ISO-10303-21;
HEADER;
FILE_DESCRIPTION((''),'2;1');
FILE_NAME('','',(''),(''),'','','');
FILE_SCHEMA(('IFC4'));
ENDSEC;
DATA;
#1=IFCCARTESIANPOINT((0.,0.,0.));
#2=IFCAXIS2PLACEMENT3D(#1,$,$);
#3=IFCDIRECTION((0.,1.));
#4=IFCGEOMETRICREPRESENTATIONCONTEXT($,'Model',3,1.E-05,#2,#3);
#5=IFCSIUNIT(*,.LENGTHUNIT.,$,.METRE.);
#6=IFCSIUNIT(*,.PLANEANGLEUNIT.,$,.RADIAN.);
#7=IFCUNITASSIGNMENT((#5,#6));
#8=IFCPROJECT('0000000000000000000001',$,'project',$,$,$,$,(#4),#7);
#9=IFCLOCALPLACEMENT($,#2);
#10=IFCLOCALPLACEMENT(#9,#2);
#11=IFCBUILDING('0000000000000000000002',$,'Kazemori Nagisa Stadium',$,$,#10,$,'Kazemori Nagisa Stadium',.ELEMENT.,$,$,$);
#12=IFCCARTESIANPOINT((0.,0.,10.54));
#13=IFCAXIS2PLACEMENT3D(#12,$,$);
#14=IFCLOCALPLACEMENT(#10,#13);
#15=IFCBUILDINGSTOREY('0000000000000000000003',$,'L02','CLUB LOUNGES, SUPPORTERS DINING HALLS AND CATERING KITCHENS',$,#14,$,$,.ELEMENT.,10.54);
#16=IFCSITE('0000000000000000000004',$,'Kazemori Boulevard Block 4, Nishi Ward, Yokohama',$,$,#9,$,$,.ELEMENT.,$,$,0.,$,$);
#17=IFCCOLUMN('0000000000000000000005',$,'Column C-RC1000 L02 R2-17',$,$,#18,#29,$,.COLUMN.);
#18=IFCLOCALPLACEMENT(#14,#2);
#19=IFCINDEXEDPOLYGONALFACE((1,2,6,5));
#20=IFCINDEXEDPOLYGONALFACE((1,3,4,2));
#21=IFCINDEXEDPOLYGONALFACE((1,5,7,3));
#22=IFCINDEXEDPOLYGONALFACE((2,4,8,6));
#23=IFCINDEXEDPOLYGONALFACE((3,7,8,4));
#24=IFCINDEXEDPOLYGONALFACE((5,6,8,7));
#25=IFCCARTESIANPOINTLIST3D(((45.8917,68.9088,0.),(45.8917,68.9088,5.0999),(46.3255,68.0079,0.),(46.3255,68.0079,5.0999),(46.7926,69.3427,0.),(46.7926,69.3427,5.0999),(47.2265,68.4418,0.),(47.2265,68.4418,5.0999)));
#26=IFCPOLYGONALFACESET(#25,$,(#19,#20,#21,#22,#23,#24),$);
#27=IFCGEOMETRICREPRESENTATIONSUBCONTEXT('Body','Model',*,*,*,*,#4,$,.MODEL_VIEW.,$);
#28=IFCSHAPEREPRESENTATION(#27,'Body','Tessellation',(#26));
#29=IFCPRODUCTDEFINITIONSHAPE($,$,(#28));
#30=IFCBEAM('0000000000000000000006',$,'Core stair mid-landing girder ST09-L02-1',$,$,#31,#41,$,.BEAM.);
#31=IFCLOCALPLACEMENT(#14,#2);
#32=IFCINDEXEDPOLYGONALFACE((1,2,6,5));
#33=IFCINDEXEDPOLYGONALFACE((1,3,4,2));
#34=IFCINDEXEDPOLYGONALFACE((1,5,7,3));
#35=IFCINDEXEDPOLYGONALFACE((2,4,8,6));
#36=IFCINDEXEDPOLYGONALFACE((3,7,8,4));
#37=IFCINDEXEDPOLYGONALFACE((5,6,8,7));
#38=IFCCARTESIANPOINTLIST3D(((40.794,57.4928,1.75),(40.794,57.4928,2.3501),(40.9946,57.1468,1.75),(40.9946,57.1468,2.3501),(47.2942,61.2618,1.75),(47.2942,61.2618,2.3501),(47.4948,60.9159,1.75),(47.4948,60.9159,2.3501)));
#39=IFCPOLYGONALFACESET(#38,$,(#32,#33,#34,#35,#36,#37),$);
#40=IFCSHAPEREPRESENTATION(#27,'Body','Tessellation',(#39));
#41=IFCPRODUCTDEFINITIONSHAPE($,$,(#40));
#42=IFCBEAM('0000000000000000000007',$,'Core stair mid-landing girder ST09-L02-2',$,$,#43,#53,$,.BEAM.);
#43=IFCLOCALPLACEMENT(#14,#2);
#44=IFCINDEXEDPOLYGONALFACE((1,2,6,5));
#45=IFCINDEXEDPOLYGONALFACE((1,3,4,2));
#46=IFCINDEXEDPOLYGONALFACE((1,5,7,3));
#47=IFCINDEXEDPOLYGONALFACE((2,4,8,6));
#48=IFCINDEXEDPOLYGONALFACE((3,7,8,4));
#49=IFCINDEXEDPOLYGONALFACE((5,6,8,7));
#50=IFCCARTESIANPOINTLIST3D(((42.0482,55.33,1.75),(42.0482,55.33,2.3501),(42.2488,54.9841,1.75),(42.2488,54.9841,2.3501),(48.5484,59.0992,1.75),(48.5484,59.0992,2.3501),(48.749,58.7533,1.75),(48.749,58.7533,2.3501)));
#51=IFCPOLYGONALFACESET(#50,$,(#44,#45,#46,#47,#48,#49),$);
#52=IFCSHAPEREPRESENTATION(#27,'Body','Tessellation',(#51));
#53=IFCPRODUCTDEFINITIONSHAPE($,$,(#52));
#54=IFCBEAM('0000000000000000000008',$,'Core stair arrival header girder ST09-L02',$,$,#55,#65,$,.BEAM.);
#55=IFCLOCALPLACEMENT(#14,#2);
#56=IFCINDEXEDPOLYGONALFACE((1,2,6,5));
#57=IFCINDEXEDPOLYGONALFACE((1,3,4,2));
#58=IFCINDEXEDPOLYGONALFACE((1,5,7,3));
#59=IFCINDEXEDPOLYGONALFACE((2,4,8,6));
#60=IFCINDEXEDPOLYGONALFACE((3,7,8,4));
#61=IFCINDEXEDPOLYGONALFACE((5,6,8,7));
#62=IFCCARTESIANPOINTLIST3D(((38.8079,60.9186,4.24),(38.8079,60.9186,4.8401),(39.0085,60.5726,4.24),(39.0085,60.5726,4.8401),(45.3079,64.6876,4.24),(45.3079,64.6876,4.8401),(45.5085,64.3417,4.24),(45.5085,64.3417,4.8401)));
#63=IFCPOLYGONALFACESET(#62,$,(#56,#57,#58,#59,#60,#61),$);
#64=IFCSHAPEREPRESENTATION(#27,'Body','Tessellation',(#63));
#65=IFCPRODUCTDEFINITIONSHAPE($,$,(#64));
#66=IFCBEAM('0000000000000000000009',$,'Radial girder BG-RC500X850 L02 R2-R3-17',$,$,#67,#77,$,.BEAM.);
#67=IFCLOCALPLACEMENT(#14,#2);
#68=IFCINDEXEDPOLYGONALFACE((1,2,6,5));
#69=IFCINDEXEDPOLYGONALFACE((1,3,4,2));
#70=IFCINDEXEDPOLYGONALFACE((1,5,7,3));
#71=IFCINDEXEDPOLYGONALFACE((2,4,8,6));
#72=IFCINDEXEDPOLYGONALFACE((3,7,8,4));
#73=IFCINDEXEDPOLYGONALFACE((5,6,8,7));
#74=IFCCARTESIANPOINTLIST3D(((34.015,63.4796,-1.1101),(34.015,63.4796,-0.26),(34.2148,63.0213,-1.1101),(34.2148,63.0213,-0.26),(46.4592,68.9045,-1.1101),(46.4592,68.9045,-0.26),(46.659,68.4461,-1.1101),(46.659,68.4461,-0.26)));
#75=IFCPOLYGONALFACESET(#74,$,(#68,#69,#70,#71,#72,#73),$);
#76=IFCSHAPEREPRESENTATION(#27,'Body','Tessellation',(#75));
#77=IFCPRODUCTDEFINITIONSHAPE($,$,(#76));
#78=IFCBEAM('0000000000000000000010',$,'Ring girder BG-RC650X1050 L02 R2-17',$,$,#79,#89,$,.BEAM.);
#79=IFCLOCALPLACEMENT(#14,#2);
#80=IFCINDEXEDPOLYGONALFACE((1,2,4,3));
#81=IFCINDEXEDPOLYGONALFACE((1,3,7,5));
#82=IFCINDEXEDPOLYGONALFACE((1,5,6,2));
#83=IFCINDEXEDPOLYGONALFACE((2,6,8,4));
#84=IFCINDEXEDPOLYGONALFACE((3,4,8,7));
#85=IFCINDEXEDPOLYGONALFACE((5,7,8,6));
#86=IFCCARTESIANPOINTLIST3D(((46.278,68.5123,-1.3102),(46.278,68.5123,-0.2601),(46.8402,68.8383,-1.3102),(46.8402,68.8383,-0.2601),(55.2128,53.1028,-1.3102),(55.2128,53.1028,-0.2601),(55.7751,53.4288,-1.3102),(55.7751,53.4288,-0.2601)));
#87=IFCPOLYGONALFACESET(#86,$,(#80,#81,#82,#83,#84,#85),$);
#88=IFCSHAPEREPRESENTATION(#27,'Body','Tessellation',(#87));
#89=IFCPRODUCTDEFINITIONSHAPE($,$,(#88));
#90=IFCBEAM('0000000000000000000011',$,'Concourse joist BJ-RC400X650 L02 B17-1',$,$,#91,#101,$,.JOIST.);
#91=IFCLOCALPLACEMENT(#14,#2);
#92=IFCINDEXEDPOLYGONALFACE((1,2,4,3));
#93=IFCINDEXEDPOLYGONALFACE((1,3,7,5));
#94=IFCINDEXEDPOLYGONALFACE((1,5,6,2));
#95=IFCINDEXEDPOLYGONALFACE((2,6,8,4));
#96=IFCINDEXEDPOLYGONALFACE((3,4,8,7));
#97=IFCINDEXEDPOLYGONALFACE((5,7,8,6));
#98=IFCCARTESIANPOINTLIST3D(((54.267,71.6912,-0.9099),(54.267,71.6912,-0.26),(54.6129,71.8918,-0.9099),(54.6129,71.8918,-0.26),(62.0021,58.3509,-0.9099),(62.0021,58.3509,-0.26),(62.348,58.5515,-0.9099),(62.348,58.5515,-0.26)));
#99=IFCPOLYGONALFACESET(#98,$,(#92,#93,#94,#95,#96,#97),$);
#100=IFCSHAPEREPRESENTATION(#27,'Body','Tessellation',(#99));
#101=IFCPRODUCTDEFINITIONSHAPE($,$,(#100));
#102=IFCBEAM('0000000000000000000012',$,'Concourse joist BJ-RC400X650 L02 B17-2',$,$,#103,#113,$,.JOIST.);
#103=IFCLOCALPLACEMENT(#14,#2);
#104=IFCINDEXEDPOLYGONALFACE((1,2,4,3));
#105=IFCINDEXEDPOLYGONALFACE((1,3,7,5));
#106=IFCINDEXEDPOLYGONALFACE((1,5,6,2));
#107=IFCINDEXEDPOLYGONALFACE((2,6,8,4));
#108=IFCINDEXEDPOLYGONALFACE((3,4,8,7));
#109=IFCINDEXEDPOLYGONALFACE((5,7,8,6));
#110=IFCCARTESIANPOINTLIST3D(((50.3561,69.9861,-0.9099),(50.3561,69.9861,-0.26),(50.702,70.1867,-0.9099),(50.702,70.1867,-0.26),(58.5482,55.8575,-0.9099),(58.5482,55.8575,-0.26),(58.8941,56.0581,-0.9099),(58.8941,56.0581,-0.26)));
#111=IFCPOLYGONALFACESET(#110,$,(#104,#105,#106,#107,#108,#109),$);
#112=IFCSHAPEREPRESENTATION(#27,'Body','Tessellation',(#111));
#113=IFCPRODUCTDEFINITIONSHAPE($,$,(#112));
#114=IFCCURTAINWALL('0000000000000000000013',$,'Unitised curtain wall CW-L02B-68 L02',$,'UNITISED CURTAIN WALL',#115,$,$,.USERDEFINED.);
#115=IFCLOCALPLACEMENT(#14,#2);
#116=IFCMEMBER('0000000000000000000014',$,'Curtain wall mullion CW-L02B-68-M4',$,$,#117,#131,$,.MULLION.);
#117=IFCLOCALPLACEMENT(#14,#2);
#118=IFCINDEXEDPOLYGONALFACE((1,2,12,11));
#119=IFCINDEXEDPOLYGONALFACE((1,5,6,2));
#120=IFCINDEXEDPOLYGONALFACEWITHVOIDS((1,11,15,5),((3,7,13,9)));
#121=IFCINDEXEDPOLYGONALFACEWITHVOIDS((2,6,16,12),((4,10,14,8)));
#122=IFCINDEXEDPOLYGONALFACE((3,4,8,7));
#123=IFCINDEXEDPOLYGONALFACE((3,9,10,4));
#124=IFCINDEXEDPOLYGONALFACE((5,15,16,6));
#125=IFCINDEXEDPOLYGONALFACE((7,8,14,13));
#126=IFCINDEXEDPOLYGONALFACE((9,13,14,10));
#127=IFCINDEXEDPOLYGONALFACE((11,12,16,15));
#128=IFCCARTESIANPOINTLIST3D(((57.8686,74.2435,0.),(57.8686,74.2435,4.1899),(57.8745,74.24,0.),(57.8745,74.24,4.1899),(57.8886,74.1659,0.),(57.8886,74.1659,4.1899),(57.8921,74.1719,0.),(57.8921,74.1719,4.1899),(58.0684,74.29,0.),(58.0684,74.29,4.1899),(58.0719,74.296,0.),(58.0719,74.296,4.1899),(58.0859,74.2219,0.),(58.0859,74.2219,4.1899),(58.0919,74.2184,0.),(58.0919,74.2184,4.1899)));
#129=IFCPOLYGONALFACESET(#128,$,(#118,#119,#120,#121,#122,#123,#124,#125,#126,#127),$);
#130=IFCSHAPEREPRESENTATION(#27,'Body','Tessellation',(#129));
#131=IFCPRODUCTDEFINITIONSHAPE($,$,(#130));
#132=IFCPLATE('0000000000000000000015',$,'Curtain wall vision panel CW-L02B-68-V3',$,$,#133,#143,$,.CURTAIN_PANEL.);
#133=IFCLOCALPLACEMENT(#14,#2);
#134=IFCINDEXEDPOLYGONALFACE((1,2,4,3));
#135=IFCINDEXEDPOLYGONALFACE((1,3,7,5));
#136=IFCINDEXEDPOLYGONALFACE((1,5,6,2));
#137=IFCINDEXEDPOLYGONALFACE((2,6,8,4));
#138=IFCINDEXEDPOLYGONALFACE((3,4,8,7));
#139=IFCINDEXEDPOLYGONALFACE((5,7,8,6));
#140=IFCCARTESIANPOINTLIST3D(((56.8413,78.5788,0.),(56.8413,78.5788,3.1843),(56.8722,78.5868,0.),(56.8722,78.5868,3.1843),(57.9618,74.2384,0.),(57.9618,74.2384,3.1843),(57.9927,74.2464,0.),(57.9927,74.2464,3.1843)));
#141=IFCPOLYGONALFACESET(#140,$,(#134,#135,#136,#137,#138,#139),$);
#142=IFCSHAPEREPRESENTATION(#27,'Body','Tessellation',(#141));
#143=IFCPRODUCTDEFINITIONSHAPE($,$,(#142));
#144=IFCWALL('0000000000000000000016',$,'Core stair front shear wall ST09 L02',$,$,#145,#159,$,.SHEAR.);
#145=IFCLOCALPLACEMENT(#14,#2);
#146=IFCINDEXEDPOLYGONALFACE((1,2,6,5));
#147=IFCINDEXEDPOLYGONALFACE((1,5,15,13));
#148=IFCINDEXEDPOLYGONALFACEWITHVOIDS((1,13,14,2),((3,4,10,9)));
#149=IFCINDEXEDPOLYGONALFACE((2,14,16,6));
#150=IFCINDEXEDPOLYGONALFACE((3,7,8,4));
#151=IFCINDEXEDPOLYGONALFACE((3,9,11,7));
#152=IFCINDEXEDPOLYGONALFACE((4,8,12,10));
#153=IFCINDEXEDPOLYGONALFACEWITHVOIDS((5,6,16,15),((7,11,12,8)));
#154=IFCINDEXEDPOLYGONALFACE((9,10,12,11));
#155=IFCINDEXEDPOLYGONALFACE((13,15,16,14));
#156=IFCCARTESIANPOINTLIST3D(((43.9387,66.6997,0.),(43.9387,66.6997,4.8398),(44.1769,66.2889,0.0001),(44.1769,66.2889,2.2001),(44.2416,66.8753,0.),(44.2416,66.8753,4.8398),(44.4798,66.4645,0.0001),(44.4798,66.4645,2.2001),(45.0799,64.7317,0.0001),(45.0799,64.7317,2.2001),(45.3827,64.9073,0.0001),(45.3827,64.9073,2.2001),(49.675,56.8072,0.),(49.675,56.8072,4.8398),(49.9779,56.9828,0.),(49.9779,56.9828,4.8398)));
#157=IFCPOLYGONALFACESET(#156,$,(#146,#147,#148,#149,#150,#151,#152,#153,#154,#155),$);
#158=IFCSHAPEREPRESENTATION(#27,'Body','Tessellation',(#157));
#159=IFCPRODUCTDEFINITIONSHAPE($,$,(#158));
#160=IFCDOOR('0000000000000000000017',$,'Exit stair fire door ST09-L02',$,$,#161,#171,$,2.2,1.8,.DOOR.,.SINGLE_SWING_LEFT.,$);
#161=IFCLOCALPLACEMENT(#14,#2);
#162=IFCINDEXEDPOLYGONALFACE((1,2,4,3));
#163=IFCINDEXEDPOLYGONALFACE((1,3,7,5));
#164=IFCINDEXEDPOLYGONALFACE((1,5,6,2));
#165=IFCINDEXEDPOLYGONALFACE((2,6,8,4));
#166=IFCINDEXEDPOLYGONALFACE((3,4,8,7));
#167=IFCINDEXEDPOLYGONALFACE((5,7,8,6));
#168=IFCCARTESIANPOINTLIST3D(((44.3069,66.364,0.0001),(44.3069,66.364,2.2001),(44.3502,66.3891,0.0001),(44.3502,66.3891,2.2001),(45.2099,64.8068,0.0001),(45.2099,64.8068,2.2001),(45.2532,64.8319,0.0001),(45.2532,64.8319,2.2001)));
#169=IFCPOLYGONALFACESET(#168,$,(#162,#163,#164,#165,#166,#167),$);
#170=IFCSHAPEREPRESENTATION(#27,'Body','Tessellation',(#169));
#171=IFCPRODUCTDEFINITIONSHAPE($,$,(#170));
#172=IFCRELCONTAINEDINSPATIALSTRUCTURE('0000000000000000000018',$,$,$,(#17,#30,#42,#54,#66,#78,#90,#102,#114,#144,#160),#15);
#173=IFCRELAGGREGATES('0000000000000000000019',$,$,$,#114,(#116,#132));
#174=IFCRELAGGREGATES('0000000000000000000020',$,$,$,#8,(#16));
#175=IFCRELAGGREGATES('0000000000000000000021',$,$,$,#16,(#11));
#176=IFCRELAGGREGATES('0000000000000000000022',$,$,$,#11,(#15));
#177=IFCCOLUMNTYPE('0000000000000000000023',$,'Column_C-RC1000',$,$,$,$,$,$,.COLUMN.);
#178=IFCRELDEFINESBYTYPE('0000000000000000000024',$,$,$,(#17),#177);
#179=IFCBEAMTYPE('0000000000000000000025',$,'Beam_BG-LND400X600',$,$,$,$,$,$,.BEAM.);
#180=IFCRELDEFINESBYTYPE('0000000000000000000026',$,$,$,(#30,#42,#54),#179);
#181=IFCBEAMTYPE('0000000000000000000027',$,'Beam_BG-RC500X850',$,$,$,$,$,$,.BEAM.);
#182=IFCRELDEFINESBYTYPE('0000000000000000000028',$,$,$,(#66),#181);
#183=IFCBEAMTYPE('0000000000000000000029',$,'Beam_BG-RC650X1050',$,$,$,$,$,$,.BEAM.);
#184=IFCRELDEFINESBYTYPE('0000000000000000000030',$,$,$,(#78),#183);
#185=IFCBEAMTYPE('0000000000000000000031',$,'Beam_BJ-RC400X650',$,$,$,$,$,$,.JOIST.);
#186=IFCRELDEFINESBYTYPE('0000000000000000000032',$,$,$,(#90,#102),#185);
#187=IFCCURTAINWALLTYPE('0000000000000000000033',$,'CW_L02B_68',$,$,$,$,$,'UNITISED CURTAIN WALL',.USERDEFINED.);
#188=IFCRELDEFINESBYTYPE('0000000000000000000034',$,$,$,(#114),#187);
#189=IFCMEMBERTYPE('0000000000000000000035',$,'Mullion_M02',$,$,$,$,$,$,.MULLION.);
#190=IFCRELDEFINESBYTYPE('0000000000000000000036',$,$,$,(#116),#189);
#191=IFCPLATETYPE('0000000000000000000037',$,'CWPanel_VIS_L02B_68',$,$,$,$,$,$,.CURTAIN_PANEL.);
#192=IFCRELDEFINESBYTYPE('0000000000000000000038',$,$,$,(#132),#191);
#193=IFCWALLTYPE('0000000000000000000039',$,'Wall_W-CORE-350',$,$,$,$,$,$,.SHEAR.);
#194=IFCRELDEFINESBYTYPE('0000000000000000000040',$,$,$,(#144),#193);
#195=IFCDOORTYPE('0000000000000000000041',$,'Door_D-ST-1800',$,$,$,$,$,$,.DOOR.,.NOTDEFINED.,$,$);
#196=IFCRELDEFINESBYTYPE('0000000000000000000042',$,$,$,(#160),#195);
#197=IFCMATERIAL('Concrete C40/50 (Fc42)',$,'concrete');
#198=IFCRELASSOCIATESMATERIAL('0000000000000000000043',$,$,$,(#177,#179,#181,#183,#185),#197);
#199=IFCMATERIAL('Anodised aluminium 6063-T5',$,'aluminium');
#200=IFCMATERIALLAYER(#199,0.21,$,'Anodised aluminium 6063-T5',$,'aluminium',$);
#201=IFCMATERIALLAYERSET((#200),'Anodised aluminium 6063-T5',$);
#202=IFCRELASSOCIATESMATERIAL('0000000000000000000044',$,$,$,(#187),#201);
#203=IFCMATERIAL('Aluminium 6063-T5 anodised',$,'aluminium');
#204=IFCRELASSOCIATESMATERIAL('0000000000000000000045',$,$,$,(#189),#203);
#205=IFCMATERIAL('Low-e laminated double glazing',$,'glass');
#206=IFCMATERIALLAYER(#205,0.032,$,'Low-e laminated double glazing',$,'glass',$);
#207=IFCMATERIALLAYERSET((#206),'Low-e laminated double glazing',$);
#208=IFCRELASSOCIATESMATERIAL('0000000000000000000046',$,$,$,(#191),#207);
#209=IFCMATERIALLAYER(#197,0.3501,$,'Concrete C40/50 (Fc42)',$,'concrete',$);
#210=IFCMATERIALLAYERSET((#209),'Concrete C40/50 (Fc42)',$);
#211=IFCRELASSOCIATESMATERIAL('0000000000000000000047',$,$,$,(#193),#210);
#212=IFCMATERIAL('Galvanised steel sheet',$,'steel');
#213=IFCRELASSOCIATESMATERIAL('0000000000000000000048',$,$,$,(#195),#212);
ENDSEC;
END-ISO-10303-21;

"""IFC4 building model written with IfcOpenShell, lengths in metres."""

from ifc_helpers import new_model, si_unit, direction, frame, frame_2d, origin, origin_2d, place, context, subcontext, project, spatial, rectangle, hollow_rectangle, extrude, material, layer, layer_set, material_profile, profile_set, type_object, element, fill, aggregate, save


model = new_model("IFC4")

# Units and contexts
model_context = context("Model", 3, precision=1e-05, world=origin(), true_north=direction((0.0, 1.0)))
body_context = subcontext(model_context, "Body", "Model", "MODEL_VIEW")
ifc_project = project(units=[si_unit("LENGTHUNIT", "METRE"), si_unit("PLANEANGLEUNIT", "RADIAN")], contexts=[model_context])

# Site, building, storey
site_placement = place(None, origin())
site = spatial("IfcSite", under=ifc_project, at=site_placement, Name="Kazemori Boulevard Block 4, Nishi Ward, Yokohama", CompositionType="ELEMENT", RefElevation=0.0)
building_placement = place(site_placement, origin())
building = spatial("IfcBuilding", under=site, at=building_placement, Name="Kazemori Nagisa Stadium", LongName="Kazemori Nagisa Stadium", CompositionType="ELEMENT")
storey_placement = place(building_placement, frame((0.0, 0.0, 10.54)))
storey = spatial("IfcBuildingStorey", under=building, at=storey_placement, Name="L02", Description="CLUB LOUNGES, SUPPORTERS DINING HALLS AND CATERING KITCHENS", CompositionType="ELEMENT", Elevation=10.54)

# Column
ifc_material_1 = material(Name="Concrete C40/50 (Fc42)", Category="concrete")
ifc_material_profile_1 = material_profile(ifc_material_1, rectangle(XDim=1.0, YDim=1.0, at=origin_2d()), Name="RC-COL-1000x1000")
ifc_profile_set_1 = profile_set([ifc_material_profile_1], Name="Concrete C40/50 (Fc42)")
column_type = type_object("IfcColumnType", Name="Column_C-RC1000", PredefinedType="COLUMN", material=ifc_profile_set_1)
column_placement = place(storey_placement, frame((46.5591, 68.6753, 0.0), z_axis=(0.0, 0.0, 1.0), x_axis=(-0.900969, -0.433884, 0.0)))
element("IfcColumn", 1, at=column_placement, inside=storey, type_object=column_type, Name="Column C-RC1000 L02 R2-17", PredefinedType="COLUMN", context=body_context, shape_type="SweptSolid", body=[
    extrude(rectangle(XDim=1.0, YDim=1.0, at=origin_2d()), origin(), (0.0, 0.0, 1.0), 5.0999),
])

# Beams
ifc_material_profile_2 = material_profile(ifc_material_1, rectangle(XDim=0.3999, YDim=0.6001, at=origin_2d()), Name="RC-BM-400x600")
ifc_profile_set_2 = profile_set([ifc_material_profile_2], Name="Concrete C40/50 (Fc42)")
beam_type_1 = type_object("IfcBeamType", Name="Beam_BG-LND400X600", PredefinedType="BEAM", material=ifc_profile_set_2)
for number, where, z_axis, x_axis, name in (
    (2, (47.3945, 61.0889, 2.05), (-0.865095, -0.501609, 0.0), (0.501609, -0.865095, 0.0), "Core stair mid-landing girder ST09-L02-1"),
    (3, (48.6487, 58.9263, 2.05), (-0.865081, -0.501633, 0.0), (0.501633, -0.865081, 0.0), "Core stair mid-landing girder ST09-L02-2"),
):
    element("IfcBeam", number, at=place(storey_placement, frame(where, z_axis=z_axis, x_axis=x_axis)), inside=storey, type_object=beam_type_1, Name=name, PredefinedType="BEAM", context=body_context, shape_type="SweptSolid", body=[
        extrude(rectangle(XDim=0.3999, YDim=0.6001, at=origin_2d()), origin(), (0.0, 0.0, 1.0), 7.5139),
    ])
beam_1_placement = place(storey_placement, frame((45.4082, 64.5146, 4.54), z_axis=(-0.865086, -0.501623, 0.0), x_axis=(0.501623, -0.865086, 0.0)))
element("IfcBeam", 4, at=beam_1_placement, inside=storey, type_object=beam_type_1, Name="Core stair arrival header girder ST09-L02", PredefinedType="BEAM", context=body_context, shape_type="SweptSolid", body=[
    extrude(rectangle(XDim=0.3999, YDim=0.6001, at=origin_2d()), origin(), (0.0, 0.0, 1.0), 7.5137),
])
ifc_material_profile_3 = material_profile(ifc_material_1, rectangle(XDim=0.5, YDim=0.8501, at=origin_2d()), Name="RC-BM-500x850")
ifc_profile_set_3 = profile_set([ifc_material_profile_3], Name="Concrete C40/50 (Fc42)")
beam_type_2 = type_object("IfcBeamType", Name="Beam_BG-RC500X850", PredefinedType="BEAM", material=ifc_profile_set_3)
beam_2_placement = place(storey_placement, frame((46.5591, 68.6753, -0.6851), z_axis=(-0.916684, -0.399614, 0.0), x_axis=(0.399614, -0.916684, 0.0)))
element("IfcBeam", 5, at=beam_2_placement, inside=storey, type_object=beam_type_2, Name="Radial girder BG-RC500X850 L02 R2-R3-17", PredefinedType="BEAM", context=body_context, shape_type="SweptSolid", body=[
    extrude(rectangle(XDim=0.5, YDim=0.8501, at=origin_2d()), origin(), (0.0, 0.0, 1.0), 13.5752),
])
ifc_material_profile_4 = material_profile(ifc_material_1, rectangle(XDim=0.6499, YDim=1.05, at=origin_2d()), Name="RC-BM-650x1050")
ifc_profile_set_4 = profile_set([ifc_material_profile_4], Name="Concrete C40/50 (Fc42)")
beam_type_3 = type_object("IfcBeamType", Name="Beam_BG-RC650X1050", PredefinedType="BEAM", material=ifc_profile_set_4)
beam_3_placement = place(storey_placement, frame((46.5591, 68.6753, -0.7852), z_axis=(0.501607, -0.865096, 0.0), x_axis=(0.865096, 0.501607, 0.0)))
element("IfcBeam", 6, at=beam_3_placement, inside=storey, type_object=beam_type_3, Name="Ring girder BG-RC650X1050 L02 R2-17", PredefinedType="BEAM", context=body_context, shape_type="SweptSolid", body=[
    extrude(rectangle(XDim=0.6499, YDim=1.05, at=origin_2d()), origin(), (0.0, 0.0, 1.0), 17.8125),
])
ifc_material_profile_5 = material_profile(ifc_material_1, rectangle(XDim=0.3999, YDim=0.6499, at=origin_2d()), Name="RC-BM-400x650")
ifc_profile_set_5 = profile_set([ifc_material_profile_5], Name="Concrete C40/50 (Fc42)")
beam_type_4 = type_object("IfcBeamType", Name="Beam_BJ-RC400X650", PredefinedType="JOIST", material=ifc_profile_set_5)
beam_4_placement = place(storey_placement, frame((54.4399, 71.7915, -0.585), z_axis=(0.501607, -0.865095, 0.0), x_axis=(0.865095, 0.501607, 0.0)))
element("IfcBeam", 7, at=beam_4_placement, inside=storey, type_object=beam_type_4, Name="Concourse joist BJ-RC400X650 L02 B17-1", PredefinedType="JOIST", context=body_context, shape_type="SweptSolid", body=[
    extrude(rectangle(XDim=0.3999, YDim=0.6499, at=origin_2d()), origin(), (0.0, 0.0, 1.0), 15.4207),
])
beam_5_placement = place(storey_placement, frame((50.5291, 70.0864, -0.585), z_axis=(0.501604, -0.865097, 0.0), x_axis=(0.865097, 0.501604, 0.0)))
element("IfcBeam", 8, at=beam_5_placement, inside=storey, type_object=beam_type_4, Name="Concourse joist BJ-RC400X650 L02 B17-2", PredefinedType="JOIST", context=body_context, shape_type="SweptSolid", body=[
    extrude(rectangle(XDim=0.3999, YDim=0.6499, at=origin_2d()), origin(), (0.0, 0.0, 1.0), 16.3318),
])

# Curtain wall, member, plate
ifc_material_2 = material(Name="Anodised aluminium 6063-T5", Category="aluminium")
ifc_layer_1 = layer(ifc_material_2, 0.21, Name="Anodised aluminium 6063-T5", Category="aluminium")
ifc_layer_set_1 = layer_set([ifc_layer_1], Name="Anodised aluminium 6063-T5")
curtain_wall_type = type_object("IfcCurtainWallType", Name="CW_L02B_68", ElementType="UNITISED CURTAIN WALL", PredefinedType="USERDEFINED", material=ifc_layer_set_1)
curtain_wall_placement = place(storey_placement, origin())
curtain_wall = element("IfcCurtainWall", 9, at=curtain_wall_placement, inside=storey, type_object=curtain_wall_type, Name="Unitised curtain wall CW-L02B-68 L02", ObjectType="UNITISED CURTAIN WALL", PredefinedType="USERDEFINED")
ifc_material_3 = material(Name="Aluminium 6063-T5 anodised", Category="aluminium")
ifc_material_profile_6 = material_profile(ifc_material_3, hollow_rectangle(XDim=0.0801, YDim=0.21, WallThickness=0.0049, at=origin_2d()), Name="ALU-MULL-80x210x5")
ifc_profile_set_6 = profile_set([ifc_material_profile_6], Name="Aluminium 6063-T5 anodised")
member_type = type_object("IfcMemberType", Name="Mullion_M02", PredefinedType="MULLION", material=ifc_profile_set_6)
member_placement = place(storey_placement, frame((57.9802, 74.231, 0.0), z_axis=(0.0, 0.0, 1.0), x_axis=(0.249965, -0.968255, 0.0)))
member = element("IfcMember", 10, at=member_placement, type_object=member_type, Name="Curtain wall mullion CW-L02B-68-M4", PredefinedType="MULLION", context=body_context, shape_type="SweptSolid", body=[
    extrude(hollow_rectangle(XDim=0.0801, YDim=0.21, WallThickness=0.0049, at=origin_2d()), origin(), (0.0, 0.0, 1.0), 4.1899),
])
ifc_material_4 = material(Name="Low-e laminated double glazing", Category="glass")
ifc_layer_2 = layer(ifc_material_4, 0.032, Name="Low-e laminated double glazing", Category="glass")
ifc_layer_set_2 = layer_set([ifc_layer_2], Name="Low-e laminated double glazing")
plate_type = type_object("IfcPlateType", Name="CWPanel_VIS_L02B_68", PredefinedType="CURTAIN_PANEL", material=ifc_layer_set_2)
plate_placement = place(storey_placement, frame((57.417, 76.4126, 0.0), z_axis=(0.0, 0.0, 1.0), x_axis=(0.249965, -0.968255, 0.0)))
plate = element("IfcPlate", 11, at=plate_placement, type_object=plate_type, Name="Curtain wall vision panel CW-L02B-68-V3", PredefinedType="CURTAIN_PANEL", context=body_context, shape_type="SweptSolid", body=[
    extrude(rectangle(XDim=4.4827, YDim=0.032, at=origin_2d()), origin(), (0.0, 0.0, 1.0), 3.1843),
])
aggregate(curtain_wall, [member, plate])

# Wall, opening, door
ifc_layer_3 = layer(ifc_material_1, 0.3501, Name="Concrete C40/50 (Fc42)", Category="concrete")
ifc_layer_set_3 = layer_set([ifc_layer_3], Name="Concrete C40/50 (Fc42)")
wall_type_1 = type_object("IfcWallType", Name="Wall_W-CORE-350", PredefinedType="SHEAR", material=ifc_layer_set_3)
wall_1_placement = place(storey_placement, frame((44.0901, 66.7876, 0.0), z_axis=(0.0, 0.0, 1.0), x_axis=(0.501629, -0.865083, 0.0)))
wall_1 = element("IfcWall", 12, at=wall_1_placement, inside=storey, type_object=wall_type_1, Name="Core stair front shear wall ST09 L02", PredefinedType="SHEAR", context=body_context, shape_type="SweptSolid", body=[
    extrude(rectangle(XDim=11.4353, YDim=0.3501, at=frame_2d((5.7178, 0.0))), origin(), (0.0, 0.0, 1.0), 4.8398),
])
opening_1_placement = place(wall_1_placement, frame((0.4751, 0.0, 0.0)))
opening_1 = element("IfcOpeningElement", 13, at=opening_1_placement, cuts=wall_1, PredefinedType="OPENING", context=body_context, shape_type="SweptSolid", body=[
    extrude(rectangle(XDim=1.8, YDim=2.2, at=frame_2d((0.8999, 1.1001))), frame((0.0, 0.1851, 0.0), z_axis=(0.0, -1.0, 0.0), x_axis=(1.0, 0.0, 0.0)), (0.0, 0.0, 1.0), 0.3701),
])
ifc_material_5 = material(Name="Galvanised steel sheet", Category="steel")
door_type_1 = type_object("IfcDoorType", Name="Door_D-ST-1800", OperationType="NOTDEFINED", PredefinedType="DOOR", material=ifc_material_5)
door_1_placement = place(opening_1_placement, frame((1.8, 0.0, 0.0), z_axis=(0.0, 0.0, 1.0), x_axis=(-1.0, 0.0, 0.0)))
door_1 = element("IfcDoor", 14, at=door_1_placement, inside=storey, type_object=door_type_1, Name="Exit stair fire door ST09-L02", OperationType="SINGLE_SWING_LEFT", OverallHeight=2.2, OverallWidth=1.8, PredefinedType="DOOR", context=body_context, shape_type="SweptSolid", body=[
    extrude(rectangle(XDim=1.8, YDim=2.2, at=frame_2d((0.8999, 1.1001))), frame((0.0, 0.0249, 0.0), z_axis=(0.0, -1.0, 0.0), x_axis=(1.0, 0.0, 0.0)), (0.0, 0.0, 1.0), 0.05),
])
fill(opening_1, door_1)

save(model, "model.ifc")
